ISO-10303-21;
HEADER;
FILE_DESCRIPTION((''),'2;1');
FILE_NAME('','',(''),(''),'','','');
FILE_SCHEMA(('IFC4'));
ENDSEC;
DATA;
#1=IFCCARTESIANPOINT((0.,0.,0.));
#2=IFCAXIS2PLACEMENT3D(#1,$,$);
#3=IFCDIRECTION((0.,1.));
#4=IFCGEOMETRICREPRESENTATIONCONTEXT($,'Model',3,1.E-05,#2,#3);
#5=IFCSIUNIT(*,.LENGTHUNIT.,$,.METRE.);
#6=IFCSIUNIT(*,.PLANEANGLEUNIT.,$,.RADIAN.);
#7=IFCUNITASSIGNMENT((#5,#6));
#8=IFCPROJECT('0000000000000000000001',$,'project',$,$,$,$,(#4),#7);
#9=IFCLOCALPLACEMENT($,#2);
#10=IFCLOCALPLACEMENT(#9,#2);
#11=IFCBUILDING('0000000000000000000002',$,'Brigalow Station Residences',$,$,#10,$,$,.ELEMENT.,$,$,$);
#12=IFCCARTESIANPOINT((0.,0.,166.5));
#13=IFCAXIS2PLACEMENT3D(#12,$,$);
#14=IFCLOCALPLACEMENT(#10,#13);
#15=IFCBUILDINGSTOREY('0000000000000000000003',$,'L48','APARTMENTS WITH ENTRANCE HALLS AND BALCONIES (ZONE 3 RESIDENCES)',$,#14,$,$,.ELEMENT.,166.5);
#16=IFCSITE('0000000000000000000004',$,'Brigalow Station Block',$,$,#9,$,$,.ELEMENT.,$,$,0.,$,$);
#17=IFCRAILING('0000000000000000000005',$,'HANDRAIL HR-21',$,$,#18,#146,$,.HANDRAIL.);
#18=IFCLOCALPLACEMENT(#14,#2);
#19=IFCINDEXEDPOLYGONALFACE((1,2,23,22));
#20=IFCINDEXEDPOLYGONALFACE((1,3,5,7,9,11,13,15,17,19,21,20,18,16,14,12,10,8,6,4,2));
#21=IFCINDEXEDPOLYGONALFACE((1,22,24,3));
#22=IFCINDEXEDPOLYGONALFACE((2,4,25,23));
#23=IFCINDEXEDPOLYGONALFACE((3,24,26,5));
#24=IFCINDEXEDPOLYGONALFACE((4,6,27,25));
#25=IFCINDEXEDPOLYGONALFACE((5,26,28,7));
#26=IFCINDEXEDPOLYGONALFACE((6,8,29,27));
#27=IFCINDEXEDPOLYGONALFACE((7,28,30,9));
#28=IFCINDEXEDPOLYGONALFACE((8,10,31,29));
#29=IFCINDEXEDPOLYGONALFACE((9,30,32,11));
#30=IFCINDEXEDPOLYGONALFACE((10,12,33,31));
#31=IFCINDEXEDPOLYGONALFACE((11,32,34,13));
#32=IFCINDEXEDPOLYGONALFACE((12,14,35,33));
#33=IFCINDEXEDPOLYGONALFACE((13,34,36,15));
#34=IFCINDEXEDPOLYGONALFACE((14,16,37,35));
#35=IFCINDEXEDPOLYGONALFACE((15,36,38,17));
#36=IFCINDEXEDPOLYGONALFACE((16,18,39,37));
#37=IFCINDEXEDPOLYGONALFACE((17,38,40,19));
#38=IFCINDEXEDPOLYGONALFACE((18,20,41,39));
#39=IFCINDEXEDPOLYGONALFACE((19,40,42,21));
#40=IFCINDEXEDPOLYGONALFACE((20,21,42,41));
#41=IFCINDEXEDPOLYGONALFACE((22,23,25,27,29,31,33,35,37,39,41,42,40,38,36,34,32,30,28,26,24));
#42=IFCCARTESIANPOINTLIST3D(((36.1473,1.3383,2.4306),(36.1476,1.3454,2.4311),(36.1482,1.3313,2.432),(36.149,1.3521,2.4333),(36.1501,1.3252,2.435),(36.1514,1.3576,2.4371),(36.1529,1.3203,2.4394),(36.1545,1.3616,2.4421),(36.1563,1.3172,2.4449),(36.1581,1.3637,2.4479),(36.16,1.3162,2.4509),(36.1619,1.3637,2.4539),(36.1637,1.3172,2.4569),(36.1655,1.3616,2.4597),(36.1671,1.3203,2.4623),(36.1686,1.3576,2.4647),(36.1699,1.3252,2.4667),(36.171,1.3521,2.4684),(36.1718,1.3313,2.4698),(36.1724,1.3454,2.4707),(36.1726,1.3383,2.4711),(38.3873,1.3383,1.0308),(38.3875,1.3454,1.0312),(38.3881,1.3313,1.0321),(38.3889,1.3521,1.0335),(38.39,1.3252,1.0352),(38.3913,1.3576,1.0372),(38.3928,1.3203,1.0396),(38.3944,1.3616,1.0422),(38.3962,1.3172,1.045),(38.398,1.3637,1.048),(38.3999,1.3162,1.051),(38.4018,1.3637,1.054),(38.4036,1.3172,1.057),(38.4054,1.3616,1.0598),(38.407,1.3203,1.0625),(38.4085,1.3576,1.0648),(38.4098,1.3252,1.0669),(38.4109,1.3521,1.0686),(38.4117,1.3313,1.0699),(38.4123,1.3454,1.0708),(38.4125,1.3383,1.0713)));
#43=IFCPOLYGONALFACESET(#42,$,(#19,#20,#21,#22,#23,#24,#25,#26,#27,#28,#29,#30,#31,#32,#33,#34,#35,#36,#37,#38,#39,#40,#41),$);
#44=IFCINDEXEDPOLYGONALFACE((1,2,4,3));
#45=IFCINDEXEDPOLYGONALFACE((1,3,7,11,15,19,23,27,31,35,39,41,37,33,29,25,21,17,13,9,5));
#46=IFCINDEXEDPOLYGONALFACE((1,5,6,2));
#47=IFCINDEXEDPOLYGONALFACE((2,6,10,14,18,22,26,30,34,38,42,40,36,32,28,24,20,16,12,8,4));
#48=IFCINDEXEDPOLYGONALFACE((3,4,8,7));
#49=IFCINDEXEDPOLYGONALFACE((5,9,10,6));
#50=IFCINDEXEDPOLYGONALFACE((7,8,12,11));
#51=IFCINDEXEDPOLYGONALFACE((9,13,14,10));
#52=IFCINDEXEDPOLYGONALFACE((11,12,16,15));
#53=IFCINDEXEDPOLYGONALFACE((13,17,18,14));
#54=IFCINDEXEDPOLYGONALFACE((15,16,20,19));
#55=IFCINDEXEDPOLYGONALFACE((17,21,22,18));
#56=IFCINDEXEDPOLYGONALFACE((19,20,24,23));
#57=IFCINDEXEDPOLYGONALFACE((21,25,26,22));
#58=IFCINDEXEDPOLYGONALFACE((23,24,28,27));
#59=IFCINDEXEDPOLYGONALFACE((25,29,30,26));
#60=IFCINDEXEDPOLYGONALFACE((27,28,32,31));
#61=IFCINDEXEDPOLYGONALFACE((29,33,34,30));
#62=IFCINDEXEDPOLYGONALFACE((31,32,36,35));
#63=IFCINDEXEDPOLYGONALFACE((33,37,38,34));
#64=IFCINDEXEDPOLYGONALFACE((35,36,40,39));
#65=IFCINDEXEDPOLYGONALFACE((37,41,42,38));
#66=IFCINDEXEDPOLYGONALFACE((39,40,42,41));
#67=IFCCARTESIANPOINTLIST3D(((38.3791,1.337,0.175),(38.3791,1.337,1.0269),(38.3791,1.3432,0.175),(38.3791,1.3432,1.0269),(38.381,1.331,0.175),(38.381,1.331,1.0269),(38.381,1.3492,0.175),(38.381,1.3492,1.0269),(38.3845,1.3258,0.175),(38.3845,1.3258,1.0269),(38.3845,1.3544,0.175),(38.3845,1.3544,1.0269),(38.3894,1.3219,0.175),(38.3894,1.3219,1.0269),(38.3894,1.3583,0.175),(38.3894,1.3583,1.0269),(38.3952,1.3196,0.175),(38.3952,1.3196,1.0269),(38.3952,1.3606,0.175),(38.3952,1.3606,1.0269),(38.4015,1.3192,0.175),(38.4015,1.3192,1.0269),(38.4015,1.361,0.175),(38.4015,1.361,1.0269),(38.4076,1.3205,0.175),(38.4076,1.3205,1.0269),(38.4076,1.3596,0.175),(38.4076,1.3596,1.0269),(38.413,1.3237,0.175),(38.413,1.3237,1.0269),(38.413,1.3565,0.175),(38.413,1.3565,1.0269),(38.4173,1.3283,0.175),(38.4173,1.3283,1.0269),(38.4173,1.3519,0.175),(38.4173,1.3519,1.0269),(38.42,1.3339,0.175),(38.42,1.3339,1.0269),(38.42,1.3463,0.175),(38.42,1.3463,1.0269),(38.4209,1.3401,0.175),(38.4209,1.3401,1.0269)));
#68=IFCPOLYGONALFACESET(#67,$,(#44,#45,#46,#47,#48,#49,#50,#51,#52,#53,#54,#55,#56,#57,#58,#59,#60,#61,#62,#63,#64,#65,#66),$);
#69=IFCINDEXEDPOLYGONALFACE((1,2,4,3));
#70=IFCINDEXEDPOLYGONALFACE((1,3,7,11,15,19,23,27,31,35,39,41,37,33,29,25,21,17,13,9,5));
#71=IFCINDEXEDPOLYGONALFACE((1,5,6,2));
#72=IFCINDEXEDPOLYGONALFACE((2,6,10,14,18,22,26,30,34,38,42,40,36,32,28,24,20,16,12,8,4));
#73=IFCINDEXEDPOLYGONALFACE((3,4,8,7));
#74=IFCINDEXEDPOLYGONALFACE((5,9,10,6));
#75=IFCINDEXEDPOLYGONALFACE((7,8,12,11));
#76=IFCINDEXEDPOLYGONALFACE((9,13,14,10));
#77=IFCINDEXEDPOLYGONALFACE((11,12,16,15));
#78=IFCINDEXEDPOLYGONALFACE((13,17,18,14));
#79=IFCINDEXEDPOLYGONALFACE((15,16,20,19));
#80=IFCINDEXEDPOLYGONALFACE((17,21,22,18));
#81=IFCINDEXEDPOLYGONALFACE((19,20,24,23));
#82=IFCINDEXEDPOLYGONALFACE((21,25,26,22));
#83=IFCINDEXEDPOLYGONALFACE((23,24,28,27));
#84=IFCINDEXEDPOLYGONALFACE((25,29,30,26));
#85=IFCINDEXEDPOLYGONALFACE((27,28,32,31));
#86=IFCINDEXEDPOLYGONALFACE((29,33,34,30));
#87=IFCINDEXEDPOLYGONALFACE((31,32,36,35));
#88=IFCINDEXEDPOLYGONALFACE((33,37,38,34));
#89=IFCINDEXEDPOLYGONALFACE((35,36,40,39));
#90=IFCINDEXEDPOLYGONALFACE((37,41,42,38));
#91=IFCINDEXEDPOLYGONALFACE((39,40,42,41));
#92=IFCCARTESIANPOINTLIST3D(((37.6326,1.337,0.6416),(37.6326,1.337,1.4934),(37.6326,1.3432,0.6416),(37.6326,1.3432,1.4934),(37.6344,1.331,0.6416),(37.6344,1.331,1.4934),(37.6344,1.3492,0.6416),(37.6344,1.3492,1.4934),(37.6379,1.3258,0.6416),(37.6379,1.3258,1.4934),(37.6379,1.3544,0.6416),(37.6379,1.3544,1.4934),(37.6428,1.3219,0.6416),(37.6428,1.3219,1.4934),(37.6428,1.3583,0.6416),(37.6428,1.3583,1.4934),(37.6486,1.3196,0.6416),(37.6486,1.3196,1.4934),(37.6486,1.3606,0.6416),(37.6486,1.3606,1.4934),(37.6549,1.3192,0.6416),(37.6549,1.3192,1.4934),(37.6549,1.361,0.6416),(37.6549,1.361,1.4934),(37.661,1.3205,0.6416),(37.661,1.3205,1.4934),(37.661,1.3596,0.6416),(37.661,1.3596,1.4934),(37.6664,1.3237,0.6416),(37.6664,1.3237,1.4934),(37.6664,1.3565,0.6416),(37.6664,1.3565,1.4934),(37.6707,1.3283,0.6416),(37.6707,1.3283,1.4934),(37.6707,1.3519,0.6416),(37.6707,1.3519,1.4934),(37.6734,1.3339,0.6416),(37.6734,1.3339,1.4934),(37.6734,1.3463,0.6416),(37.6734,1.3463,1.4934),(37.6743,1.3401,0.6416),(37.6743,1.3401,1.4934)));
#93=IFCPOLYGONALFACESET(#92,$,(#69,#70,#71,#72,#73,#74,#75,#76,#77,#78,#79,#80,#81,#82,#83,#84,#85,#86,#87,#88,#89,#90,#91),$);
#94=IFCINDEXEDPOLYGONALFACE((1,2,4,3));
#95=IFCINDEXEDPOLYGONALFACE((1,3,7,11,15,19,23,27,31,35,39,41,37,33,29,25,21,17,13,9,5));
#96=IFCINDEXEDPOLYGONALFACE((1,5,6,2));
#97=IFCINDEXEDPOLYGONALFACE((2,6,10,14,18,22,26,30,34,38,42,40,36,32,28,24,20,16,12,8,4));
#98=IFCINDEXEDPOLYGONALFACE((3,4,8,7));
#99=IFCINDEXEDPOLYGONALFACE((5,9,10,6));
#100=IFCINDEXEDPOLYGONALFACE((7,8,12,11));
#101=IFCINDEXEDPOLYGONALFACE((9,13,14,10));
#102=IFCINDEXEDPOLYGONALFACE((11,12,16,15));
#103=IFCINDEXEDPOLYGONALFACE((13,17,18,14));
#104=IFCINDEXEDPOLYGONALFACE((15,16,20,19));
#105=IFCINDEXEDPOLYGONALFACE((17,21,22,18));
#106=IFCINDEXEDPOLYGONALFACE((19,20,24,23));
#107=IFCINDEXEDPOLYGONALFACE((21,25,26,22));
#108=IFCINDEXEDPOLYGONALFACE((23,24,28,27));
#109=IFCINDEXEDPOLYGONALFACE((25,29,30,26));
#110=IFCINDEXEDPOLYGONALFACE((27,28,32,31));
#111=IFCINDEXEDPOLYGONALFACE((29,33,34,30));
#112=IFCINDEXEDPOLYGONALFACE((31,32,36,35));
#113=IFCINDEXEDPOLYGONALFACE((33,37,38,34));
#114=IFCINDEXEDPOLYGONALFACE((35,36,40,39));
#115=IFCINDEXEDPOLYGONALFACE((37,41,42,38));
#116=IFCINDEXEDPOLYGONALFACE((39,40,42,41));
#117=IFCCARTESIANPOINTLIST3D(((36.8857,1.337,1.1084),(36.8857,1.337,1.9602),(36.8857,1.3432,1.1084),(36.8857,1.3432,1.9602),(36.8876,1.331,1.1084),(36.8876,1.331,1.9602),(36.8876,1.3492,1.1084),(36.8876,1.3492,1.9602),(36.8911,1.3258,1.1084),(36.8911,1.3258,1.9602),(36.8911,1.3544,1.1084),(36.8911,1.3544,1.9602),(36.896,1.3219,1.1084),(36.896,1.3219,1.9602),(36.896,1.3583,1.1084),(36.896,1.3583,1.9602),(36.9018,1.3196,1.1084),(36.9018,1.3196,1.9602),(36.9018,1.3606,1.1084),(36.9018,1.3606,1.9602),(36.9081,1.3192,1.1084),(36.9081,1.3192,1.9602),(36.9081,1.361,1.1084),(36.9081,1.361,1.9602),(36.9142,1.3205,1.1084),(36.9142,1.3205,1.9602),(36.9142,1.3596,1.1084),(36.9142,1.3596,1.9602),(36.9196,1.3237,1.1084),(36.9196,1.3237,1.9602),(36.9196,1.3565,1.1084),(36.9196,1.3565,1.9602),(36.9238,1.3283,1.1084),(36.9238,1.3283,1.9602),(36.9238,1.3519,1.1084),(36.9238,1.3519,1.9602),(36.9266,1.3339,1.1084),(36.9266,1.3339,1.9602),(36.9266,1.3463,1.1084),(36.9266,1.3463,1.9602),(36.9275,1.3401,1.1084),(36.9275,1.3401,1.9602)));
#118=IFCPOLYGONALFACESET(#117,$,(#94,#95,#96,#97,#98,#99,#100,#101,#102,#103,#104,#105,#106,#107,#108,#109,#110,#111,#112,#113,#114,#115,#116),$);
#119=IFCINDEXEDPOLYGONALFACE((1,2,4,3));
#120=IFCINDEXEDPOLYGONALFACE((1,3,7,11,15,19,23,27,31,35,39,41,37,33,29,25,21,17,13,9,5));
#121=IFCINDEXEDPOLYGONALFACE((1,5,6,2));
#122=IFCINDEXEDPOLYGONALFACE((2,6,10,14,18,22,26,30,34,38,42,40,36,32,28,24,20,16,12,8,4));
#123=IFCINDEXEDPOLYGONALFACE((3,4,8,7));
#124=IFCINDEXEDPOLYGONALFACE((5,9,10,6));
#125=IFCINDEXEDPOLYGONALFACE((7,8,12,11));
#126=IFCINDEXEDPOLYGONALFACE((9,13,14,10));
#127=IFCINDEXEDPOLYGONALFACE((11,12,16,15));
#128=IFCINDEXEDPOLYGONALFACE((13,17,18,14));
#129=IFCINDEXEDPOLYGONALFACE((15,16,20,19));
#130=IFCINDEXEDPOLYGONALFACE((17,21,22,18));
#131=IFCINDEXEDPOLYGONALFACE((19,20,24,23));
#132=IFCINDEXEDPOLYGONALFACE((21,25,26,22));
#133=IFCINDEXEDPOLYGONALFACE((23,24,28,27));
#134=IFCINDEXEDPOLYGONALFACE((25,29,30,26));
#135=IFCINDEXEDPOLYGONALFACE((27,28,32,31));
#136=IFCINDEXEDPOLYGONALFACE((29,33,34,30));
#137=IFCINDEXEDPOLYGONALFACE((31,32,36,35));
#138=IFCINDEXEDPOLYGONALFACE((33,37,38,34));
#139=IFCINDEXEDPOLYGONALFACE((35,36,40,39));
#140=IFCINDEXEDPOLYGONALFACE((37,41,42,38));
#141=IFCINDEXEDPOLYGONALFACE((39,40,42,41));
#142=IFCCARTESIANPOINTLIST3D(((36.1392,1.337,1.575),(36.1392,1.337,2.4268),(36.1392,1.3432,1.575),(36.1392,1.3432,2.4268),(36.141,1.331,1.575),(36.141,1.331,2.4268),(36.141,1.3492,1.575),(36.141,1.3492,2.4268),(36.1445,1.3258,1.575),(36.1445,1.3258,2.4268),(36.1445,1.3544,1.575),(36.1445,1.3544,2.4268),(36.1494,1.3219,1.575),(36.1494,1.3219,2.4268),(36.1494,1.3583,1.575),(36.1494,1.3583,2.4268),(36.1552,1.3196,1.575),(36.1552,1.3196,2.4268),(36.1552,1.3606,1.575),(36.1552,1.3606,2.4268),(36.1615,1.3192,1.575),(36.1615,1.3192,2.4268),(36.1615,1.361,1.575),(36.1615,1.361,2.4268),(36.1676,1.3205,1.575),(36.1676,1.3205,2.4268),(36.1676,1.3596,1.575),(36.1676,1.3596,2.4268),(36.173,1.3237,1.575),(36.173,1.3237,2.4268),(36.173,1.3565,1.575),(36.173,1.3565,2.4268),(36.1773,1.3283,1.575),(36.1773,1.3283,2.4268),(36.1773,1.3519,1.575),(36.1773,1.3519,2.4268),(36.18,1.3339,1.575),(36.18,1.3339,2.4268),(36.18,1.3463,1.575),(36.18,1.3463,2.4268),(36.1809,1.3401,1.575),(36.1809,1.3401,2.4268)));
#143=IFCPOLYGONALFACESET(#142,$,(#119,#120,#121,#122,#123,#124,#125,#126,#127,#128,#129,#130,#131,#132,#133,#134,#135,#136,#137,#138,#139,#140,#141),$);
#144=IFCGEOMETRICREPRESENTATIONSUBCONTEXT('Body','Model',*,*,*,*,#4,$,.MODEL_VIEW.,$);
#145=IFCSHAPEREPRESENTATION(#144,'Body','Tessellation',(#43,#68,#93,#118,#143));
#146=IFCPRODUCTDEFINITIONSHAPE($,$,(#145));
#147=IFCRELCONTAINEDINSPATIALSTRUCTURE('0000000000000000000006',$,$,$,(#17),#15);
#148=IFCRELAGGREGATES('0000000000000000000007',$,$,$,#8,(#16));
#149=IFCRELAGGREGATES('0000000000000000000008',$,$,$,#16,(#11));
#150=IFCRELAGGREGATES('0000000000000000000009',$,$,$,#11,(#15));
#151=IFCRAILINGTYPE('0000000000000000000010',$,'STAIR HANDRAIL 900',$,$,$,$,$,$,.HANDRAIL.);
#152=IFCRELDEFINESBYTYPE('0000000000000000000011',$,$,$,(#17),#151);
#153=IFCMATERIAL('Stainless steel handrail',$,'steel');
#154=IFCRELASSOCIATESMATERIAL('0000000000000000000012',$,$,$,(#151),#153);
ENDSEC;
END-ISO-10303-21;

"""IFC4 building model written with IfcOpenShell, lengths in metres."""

from ifc_helpers import new_model, si_unit, direction, frame, origin, origin_2d, place, context, subcontext, project, spatial, circle, extrude, material, type_object, element, save


model = new_model("IFC4")

# Units and contexts
model_context = context("Model", 3, precision=1e-05, world=origin(), true_north=direction((0.0, 1.0)))
body_context = subcontext(model_context, "Body", "Model", "MODEL_VIEW")
ifc_project = project(units=[si_unit("LENGTHUNIT", "METRE"), si_unit("PLANEANGLEUNIT", "RADIAN")], contexts=[model_context])

# Site, building, storey
site_placement = place(None, origin())
site = spatial("IfcSite", under=ifc_project, at=site_placement, Name="Brigalow Station Block", CompositionType="ELEMENT", RefElevation=0.0)
building_placement = place(site_placement, origin())
building = spatial("IfcBuilding", under=site, at=building_placement, Name="Brigalow Station Residences", CompositionType="ELEMENT")
storey_placement = place(building_placement, frame((0.0, 0.0, 166.5)))
storey = spatial("IfcBuildingStorey", under=building, at=storey_placement, Name="L48", Description="APARTMENTS WITH ENTRANCE HALLS AND BALCONIES (ZONE 3 RESIDENCES)", CompositionType="ELEMENT", Elevation=166.5)

# Railing
ifc_material_1 = material(Name="Stainless steel handrail", Category="steel")
railing_type_1 = type_object("IfcRailingType", Name="STAIR HANDRAIL 900", PredefinedType="HANDRAIL", material=ifc_material_1)
railing_1_placement = place(storey_placement, frame((38.3999, 1.3401, 0.175)))
element("IfcRailing", 1, at=railing_1_placement, inside=storey, type_object=railing_type_1, Name="HANDRAIL HR-21", PredefinedType="HANDRAIL", context=body_context, shape_type="SweptSolid", body=[
    extrude(circle(Radius=0.0239, at=origin_2d()), frame((0.0, 0.0, 0.876), z_axis=(-0.848014, 0.0, 0.529974), x_axis=(0.0, -1.0, 0.0)), (0.0, 0.0, 1.0), 2.6414),
    extrude(circle(Radius=0.021, at=origin_2d()), origin(), (0.0, 0.0, 1.0), 0.8518),
    extrude(circle(Radius=0.021, at=origin_2d()), frame((-0.7466, 0.0, 0.4666)), (0.0, 0.0, 1.0), 0.8518),
    extrude(circle(Radius=0.021, at=origin_2d()), frame((-1.4934, 0.0, 0.9333)), (0.0, 0.0, 1.0), 0.8518),
    extrude(circle(Radius=0.021, at=origin_2d()), frame((-2.24, 0.0, 1.3999)), (0.0, 0.0, 1.0), 0.8518),
])

save(model, "model.ifc")
